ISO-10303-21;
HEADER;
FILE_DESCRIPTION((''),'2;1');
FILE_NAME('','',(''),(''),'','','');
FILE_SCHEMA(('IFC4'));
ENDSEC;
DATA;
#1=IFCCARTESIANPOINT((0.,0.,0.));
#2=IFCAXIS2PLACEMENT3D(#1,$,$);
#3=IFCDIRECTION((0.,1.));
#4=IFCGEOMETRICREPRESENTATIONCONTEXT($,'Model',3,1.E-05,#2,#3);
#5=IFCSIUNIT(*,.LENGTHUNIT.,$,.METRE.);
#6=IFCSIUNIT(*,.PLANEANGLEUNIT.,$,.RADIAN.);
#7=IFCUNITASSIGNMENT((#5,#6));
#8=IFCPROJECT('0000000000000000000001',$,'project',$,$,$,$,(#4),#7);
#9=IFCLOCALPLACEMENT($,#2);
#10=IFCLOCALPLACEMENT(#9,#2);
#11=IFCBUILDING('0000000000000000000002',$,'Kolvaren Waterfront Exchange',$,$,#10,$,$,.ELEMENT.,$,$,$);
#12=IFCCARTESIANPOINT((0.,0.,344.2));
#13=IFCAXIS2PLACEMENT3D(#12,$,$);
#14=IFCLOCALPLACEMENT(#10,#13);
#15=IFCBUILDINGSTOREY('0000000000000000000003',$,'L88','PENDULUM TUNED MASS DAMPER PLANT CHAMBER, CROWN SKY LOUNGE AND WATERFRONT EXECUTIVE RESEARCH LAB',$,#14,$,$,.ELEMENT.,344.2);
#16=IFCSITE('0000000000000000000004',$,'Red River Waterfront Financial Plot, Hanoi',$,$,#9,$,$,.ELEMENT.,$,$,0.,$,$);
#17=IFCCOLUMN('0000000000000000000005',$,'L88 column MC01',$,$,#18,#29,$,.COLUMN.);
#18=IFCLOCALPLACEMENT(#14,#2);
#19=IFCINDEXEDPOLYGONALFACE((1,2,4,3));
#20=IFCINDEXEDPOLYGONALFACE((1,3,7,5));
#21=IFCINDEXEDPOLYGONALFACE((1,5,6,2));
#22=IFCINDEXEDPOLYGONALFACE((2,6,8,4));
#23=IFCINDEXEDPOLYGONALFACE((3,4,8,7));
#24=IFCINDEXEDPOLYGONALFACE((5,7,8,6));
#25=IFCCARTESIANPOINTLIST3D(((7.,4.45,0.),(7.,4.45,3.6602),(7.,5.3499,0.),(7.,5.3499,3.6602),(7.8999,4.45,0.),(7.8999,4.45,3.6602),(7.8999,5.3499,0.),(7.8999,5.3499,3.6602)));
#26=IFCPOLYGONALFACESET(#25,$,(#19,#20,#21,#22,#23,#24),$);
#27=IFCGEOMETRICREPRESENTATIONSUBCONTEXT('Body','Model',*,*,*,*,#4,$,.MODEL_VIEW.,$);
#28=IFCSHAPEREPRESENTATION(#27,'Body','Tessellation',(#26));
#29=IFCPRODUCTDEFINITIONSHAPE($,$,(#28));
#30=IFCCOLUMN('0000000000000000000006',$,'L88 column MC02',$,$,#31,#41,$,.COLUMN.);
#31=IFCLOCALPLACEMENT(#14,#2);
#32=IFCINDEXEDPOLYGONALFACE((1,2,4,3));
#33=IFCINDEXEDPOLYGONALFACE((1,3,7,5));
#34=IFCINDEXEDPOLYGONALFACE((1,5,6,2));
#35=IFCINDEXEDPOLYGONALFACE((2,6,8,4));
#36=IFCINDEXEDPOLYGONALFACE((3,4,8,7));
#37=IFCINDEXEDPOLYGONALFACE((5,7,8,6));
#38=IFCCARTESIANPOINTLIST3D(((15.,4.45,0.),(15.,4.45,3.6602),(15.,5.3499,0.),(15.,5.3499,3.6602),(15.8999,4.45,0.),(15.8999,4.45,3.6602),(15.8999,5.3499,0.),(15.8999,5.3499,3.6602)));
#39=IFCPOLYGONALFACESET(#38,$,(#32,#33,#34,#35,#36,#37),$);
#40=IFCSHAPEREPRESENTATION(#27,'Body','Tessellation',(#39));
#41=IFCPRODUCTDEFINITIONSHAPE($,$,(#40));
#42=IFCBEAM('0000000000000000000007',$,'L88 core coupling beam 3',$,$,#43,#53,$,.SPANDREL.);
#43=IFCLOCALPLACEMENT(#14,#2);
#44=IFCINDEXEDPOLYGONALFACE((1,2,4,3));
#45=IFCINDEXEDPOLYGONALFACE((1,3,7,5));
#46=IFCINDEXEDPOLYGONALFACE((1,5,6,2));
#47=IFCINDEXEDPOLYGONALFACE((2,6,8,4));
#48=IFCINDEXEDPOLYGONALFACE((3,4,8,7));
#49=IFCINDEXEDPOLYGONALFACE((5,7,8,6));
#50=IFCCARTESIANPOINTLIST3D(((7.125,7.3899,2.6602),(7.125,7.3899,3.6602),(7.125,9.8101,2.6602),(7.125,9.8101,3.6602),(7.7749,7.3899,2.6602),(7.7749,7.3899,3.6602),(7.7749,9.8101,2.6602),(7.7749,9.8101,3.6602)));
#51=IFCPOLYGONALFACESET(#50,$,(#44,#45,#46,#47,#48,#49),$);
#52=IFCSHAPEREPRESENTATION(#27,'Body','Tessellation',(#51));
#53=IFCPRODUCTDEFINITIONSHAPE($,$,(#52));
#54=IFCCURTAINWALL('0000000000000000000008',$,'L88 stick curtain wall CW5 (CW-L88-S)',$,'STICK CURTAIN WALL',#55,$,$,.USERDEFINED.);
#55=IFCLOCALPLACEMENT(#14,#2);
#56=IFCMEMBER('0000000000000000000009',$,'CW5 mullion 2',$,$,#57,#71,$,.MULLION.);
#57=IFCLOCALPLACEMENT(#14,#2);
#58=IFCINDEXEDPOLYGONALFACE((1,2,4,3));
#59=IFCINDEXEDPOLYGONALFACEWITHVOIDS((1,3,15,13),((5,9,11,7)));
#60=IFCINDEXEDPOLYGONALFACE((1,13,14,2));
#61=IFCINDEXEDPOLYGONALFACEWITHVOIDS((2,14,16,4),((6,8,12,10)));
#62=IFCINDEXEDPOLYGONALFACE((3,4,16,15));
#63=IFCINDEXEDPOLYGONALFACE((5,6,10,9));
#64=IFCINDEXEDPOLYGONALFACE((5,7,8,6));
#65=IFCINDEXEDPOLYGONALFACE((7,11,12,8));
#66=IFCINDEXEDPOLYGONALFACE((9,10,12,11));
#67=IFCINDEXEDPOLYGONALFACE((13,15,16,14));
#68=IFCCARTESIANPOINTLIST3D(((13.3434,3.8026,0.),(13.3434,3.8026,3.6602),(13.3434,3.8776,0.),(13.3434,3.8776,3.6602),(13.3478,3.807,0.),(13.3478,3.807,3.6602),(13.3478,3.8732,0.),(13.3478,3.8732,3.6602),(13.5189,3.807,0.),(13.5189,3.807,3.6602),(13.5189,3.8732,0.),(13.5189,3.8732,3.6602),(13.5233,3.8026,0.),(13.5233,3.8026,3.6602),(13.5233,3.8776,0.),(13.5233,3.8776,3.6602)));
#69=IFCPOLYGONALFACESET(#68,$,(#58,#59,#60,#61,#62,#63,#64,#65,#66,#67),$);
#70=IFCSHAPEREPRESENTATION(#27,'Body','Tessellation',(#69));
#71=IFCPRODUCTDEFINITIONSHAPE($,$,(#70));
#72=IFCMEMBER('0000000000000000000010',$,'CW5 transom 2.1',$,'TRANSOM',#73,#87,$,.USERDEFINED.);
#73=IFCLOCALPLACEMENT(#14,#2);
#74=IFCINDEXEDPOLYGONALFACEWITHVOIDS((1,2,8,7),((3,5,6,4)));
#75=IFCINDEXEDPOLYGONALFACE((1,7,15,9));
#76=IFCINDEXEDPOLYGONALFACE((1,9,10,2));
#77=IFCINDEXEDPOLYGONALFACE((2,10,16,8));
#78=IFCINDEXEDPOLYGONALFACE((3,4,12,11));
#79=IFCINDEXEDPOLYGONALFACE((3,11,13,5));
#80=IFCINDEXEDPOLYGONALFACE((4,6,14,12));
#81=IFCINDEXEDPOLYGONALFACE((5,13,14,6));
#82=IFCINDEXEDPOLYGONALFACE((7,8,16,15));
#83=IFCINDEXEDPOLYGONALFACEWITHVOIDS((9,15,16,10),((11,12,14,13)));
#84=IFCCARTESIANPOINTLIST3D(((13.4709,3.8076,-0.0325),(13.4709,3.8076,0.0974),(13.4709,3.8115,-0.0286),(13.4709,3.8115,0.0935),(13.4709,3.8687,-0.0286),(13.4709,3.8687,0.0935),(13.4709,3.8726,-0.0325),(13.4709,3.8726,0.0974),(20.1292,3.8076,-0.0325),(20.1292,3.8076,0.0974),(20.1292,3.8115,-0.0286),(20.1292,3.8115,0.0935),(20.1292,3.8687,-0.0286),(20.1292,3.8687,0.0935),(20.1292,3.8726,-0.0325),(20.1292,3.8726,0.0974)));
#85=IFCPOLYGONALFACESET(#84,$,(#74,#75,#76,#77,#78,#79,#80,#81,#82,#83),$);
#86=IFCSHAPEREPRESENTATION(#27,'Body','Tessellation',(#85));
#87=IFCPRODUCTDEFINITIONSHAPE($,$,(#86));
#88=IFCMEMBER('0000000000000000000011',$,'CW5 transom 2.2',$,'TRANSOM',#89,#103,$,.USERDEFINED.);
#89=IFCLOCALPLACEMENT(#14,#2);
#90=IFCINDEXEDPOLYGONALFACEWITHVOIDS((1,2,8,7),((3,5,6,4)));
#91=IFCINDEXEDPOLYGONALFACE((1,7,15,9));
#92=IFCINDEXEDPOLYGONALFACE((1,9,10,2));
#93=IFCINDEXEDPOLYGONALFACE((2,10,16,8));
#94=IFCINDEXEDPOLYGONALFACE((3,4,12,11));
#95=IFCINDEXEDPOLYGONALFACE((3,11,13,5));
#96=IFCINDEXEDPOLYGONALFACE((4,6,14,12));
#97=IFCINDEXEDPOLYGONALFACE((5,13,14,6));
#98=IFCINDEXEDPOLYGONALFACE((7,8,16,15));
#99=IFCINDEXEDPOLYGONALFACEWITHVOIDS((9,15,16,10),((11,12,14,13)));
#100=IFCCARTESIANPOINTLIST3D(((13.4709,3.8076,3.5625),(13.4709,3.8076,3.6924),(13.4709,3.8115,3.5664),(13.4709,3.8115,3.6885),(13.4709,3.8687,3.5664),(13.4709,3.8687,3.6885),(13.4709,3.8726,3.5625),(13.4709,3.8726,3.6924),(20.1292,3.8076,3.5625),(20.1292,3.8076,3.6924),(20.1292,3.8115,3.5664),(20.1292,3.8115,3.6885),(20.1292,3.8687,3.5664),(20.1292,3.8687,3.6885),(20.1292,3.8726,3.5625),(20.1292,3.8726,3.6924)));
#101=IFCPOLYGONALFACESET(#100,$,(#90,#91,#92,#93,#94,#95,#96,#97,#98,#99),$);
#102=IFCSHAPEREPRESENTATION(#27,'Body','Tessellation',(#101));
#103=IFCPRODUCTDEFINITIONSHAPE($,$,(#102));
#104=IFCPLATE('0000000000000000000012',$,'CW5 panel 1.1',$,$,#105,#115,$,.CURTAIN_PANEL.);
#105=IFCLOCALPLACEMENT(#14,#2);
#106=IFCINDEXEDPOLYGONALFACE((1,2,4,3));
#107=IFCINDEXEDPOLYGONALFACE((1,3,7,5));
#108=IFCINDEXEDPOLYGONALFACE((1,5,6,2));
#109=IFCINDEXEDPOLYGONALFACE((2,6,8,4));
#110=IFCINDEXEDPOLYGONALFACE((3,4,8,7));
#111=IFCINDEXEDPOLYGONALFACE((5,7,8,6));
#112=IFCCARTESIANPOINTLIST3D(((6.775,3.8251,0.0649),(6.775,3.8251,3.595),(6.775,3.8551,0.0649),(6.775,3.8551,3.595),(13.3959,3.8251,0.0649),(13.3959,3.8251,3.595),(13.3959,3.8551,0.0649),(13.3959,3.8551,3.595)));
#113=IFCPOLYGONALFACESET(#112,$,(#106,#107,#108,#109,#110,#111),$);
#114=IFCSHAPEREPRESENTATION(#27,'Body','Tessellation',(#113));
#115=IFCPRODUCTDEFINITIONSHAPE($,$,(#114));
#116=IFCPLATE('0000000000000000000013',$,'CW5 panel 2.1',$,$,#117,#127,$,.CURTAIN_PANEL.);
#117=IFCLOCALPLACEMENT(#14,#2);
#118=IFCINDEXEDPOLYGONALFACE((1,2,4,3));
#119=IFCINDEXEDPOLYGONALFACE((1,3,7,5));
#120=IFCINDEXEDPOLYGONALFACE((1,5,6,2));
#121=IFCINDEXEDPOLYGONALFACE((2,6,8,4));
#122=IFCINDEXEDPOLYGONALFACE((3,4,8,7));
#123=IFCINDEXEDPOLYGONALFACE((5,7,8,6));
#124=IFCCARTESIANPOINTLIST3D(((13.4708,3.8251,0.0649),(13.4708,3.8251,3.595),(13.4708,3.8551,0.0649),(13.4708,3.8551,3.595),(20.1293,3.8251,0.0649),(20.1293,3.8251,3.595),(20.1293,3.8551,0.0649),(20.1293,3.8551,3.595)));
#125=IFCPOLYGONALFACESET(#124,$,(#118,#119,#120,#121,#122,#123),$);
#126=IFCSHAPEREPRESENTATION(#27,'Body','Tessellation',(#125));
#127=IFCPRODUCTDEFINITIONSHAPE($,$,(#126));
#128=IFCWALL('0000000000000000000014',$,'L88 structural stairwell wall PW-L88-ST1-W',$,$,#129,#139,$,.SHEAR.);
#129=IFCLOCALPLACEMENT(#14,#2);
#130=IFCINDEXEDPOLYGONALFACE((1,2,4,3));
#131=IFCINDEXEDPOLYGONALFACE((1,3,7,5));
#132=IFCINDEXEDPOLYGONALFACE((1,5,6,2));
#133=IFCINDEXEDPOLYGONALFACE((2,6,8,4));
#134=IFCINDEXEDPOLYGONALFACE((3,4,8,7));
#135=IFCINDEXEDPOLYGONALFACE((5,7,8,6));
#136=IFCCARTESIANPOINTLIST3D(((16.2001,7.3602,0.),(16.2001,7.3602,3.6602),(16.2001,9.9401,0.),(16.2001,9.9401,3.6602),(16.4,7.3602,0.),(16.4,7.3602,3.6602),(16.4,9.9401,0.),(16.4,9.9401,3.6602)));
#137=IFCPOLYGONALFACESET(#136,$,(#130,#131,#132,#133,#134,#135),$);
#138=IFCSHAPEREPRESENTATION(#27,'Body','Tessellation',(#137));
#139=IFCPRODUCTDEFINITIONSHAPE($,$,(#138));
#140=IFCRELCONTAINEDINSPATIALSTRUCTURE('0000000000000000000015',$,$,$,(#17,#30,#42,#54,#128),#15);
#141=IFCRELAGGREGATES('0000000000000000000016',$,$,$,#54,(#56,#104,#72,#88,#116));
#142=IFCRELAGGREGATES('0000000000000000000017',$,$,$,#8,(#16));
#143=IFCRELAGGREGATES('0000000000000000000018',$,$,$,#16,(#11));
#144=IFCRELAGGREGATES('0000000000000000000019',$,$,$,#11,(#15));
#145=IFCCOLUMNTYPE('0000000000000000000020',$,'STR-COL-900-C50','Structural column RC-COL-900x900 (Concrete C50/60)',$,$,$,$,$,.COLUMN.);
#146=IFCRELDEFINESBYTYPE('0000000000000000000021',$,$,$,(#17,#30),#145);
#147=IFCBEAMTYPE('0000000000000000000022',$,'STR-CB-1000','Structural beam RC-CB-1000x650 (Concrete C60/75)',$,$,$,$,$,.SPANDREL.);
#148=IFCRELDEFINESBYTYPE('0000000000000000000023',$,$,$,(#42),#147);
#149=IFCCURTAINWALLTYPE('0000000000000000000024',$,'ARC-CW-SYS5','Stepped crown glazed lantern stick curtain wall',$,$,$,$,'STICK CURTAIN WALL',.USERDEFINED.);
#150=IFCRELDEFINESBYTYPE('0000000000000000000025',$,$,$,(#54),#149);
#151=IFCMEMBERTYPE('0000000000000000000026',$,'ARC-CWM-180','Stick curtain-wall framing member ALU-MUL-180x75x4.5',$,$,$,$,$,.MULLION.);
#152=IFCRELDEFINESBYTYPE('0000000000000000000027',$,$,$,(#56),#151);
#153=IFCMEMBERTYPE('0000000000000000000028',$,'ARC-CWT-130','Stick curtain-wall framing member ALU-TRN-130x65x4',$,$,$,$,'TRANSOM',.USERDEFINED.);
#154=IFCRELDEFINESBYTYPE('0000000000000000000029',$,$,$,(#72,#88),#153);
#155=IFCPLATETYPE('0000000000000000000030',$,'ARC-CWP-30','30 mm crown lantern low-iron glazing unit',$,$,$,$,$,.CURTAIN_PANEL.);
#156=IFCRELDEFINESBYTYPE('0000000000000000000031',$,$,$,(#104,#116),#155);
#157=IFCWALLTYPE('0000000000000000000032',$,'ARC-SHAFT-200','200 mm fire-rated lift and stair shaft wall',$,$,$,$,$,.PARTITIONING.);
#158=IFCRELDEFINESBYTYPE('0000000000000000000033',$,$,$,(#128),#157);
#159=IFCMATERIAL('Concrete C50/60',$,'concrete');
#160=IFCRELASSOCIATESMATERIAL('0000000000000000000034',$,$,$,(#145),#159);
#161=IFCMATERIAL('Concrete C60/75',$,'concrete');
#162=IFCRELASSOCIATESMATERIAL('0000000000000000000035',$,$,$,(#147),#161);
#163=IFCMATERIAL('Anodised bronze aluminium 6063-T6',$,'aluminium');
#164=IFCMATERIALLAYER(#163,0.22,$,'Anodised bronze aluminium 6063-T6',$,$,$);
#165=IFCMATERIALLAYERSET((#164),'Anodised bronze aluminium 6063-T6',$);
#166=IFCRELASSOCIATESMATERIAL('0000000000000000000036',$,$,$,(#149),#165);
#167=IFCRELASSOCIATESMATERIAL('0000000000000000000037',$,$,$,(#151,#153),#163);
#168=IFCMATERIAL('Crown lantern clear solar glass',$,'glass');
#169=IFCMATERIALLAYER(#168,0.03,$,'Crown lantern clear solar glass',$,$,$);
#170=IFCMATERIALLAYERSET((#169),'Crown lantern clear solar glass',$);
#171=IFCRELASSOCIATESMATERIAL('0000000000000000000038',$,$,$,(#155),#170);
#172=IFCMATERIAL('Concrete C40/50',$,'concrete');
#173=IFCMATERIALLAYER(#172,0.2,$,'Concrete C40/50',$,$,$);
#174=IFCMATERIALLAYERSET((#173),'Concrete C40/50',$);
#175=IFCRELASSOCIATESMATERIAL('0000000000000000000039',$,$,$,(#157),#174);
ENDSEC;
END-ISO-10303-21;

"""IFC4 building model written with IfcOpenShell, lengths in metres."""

from ifc_helpers import new_model, si_unit, direction, frame, frame_2d, origin, origin_with_axes, origin_2d, place, context, subcontext, project, spatial, rectangle, hollow_rectangle, extrude, source, transform, mapped, material, layer, layer_set, material_profile, profile_set, type_object, element, aggregate, save


model = new_model("IFC4")

# Units and contexts
model_context = context("Model", 3, precision=1e-05, world=origin(), true_north=direction((0.0, 1.0)))
body_context = subcontext(model_context, "Body", "Model", "MODEL_VIEW")
ifc_project = project(units=[si_unit("LENGTHUNIT", "METRE"), si_unit("PLANEANGLEUNIT", "RADIAN")], contexts=[model_context])

# Site, building, storey
site_placement = place(None, origin())
site = spatial("IfcSite", under=ifc_project, at=site_placement, Name="Red River Waterfront Financial Plot, Hanoi", CompositionType="ELEMENT", RefElevation=0.0)
building_placement = place(site_placement, origin())
building = spatial("IfcBuilding", under=site, at=building_placement, Name="Kolvaren Waterfront Exchange", CompositionType="ELEMENT")
storey_placement = place(building_placement, frame((0.0, 0.0, 344.2)))
storey = spatial("IfcBuildingStorey", under=building, at=storey_placement, Name="L88", Description="PENDULUM TUNED MASS DAMPER PLANT CHAMBER, CROWN SKY LOUNGE AND WATERFRONT EXECUTIVE RESEARCH LAB", CompositionType="ELEMENT", Elevation=344.2)

# Columns
ifc_material_1 = material(Name="Concrete C50/60", Category="concrete")
ifc_material_profile_1 = material_profile(ifc_material_1, rectangle(XDim=0.8999, YDim=0.8999, at=origin_2d()), Name="RC-COL-900x900")
ifc_profile_set_1 = profile_set([ifc_material_profile_1], Name="Concrete C50/60")
column_type = type_object("IfcColumnType", Name="STR-COL-900-C50", Description="Structural column RC-COL-900x900 (Concrete C50/60)", PredefinedType="COLUMN", material=ifc_profile_set_1)
for number, where, z_axis, x_axis, name in (
    (1, (7.45, 4.8999, 0.0), (0.0, 0.0, 1.0), (1.0, 0.0, 0.0), "L88 column MC01"),
    (2, (15.45, 4.8999, 0.0), (0.0, 0.0, 1.0), (1.0, 0.0, 0.0), "L88 column MC02"),
):
    element("IfcColumn", number, at=place(storey_placement, frame(where, z_axis=z_axis, x_axis=x_axis)), inside=storey, type_object=column_type, Name=name, PredefinedType="COLUMN", context=body_context, shape_type="SweptSolid", body=[
        extrude(rectangle(XDim=0.8999, YDim=0.8999, at=origin_2d()), origin(), (0.0, 0.0, 1.0), 3.6602),
    ])

# Beam
ifc_material_2 = material(Name="Concrete C60/75", Category="concrete")
ifc_material_profile_2 = material_profile(ifc_material_2, rectangle(XDim=0.6499, YDim=1.0, at=origin_2d()), Name="RC-CB-1000x650")
ifc_profile_set_2 = profile_set([ifc_material_profile_2], Name="Concrete C60/75")
beam_type = type_object("IfcBeamType", Name="STR-CB-1000", Description="Structural beam RC-CB-1000x650 (Concrete C60/75)", PredefinedType="SPANDREL", material=ifc_profile_set_2)
beam_placement = place(storey_placement, frame((7.45, 7.3899, 3.1602), z_axis=(0.0, 1.0, 0.0), x_axis=(-1.0, 0.0, 0.0)))
element("IfcBeam", 3, at=beam_placement, inside=storey, type_object=beam_type, Name="L88 core coupling beam 3", PredefinedType="SPANDREL", context=body_context, shape_type="SweptSolid", body=[
    extrude(rectangle(XDim=0.6499, YDim=1.0, at=origin_2d()), origin(), (0.0, 0.0, 1.0), 2.4202),
])

# Curtain wall, members, plates
ifc_material_3 = material(Name="Anodised bronze aluminium 6063-T6", Category="aluminium")
ifc_layer_1 = layer(ifc_material_3, 0.22, Name="Anodised bronze aluminium 6063-T6")
ifc_layer_set_1 = layer_set([ifc_layer_1], Name="Anodised bronze aluminium 6063-T6")
curtain_wall_type = type_object("IfcCurtainWallType", Name="ARC-CW-SYS5", Description="Stepped crown glazed lantern stick curtain wall", ElementType="STICK CURTAIN WALL", PredefinedType="USERDEFINED", material=ifc_layer_set_1)
curtain_wall_placement = place(storey_placement, origin())
curtain_wall = element("IfcCurtainWall", 4, at=curtain_wall_placement, inside=storey, type_object=curtain_wall_type, Name="L88 stick curtain wall CW5 (CW-L88-S)", ObjectType="STICK CURTAIN WALL", PredefinedType="USERDEFINED")
ifc_material_profile_3 = material_profile(ifc_material_3, hollow_rectangle(XDim=0.075, YDim=0.1799, WallThickness=0.0044, at=origin_2d()), Name="ALU-MUL-180x75x4.5")
ifc_profile_set_3 = profile_set([ifc_material_profile_3], Name="Anodised bronze aluminium 6063-T6")
member_type_1 = type_object("IfcMemberType", Name="ARC-CWM-180", Description="Stick curtain-wall framing member ALU-MUL-180x75x4.5", PredefinedType="MULLION", material=ifc_profile_set_3)
shared_shape_1 = source(origin_with_axes(), body_context, "Body", "SweptSolid", [
    extrude(hollow_rectangle(XDim=0.075, YDim=0.1799, WallThickness=0.0044, at=origin_2d()), origin(), (0.0, 0.0, 1.0), 3.6602),
])
member_1_placement = place(storey_placement, frame((13.4333, 3.8401, 0.0), z_axis=(0.0, 0.0, 1.0), x_axis=(0.0, 1.0, 0.0)))
member_1 = element("IfcMember", 5, at=member_1_placement, type_object=member_type_1, Name="CW5 mullion 2", PredefinedType="MULLION", context=body_context, shape_type="MappedRepresentation", body=[
    mapped(shared_shape_1, transform((0.0, 0.0, 0.0), x_axis=(1.0, 0.0, 0.0), y_axis=(0.0, 1.0, 0.0), z_axis=(0.0, 0.0, 1.0), scale=1.0)),
])
ifc_material_profile_4 = material_profile(ifc_material_3, hollow_rectangle(XDim=0.0649, YDim=0.1299, WallThickness=0.0039, at=origin_2d()), Name="ALU-TRN-130x65x4")
ifc_profile_set_4 = profile_set([ifc_material_profile_4], Name="Anodised bronze aluminium 6063-T6")
member_type_2 = type_object("IfcMemberType", Name="ARC-CWT-130", Description="Stick curtain-wall framing member ALU-TRN-130x65x4", ElementType="TRANSOM", PredefinedType="USERDEFINED", material=ifc_profile_set_4)
shared_shape_2 = source(origin_with_axes(), body_context, "Body", "SweptSolid", [
    extrude(hollow_rectangle(XDim=0.0649, YDim=0.1299, WallThickness=0.0039, at=origin_2d()), origin(), (0.0, 0.0, 1.0), 6.6582),
])
member_2_placement = place(storey_placement, frame((13.4709, 3.8401, 0.0325), z_axis=(1.0, 0.0, 0.0), x_axis=(0.0, 1.0, 0.0)))
member_2 = element("IfcMember", 6, at=member_2_placement, type_object=member_type_2, Name="CW5 transom 2.1", ObjectType="TRANSOM", PredefinedType="USERDEFINED", context=body_context, shape_type="MappedRepresentation", body=[
    mapped(shared_shape_2, transform((0.0, 0.0, 0.0), x_axis=(1.0, 0.0, 0.0), y_axis=(0.0, 1.0, 0.0), z_axis=(0.0, 0.0, 1.0), scale=1.0)),
])
member_3_placement = place(storey_placement, frame((13.4709, 3.8401, 3.6274), z_axis=(1.0, 0.0, 0.0), x_axis=(0.0, 1.0, 0.0)))
member_3 = element("IfcMember", 7, at=member_3_placement, type_object=member_type_2, Name="CW5 transom 2.2", ObjectType="TRANSOM", PredefinedType="USERDEFINED", context=body_context, shape_type="MappedRepresentation", body=[
    mapped(shared_shape_2, transform((0.0, 0.0, 0.0), x_axis=(1.0, 0.0, 0.0), y_axis=(0.0, 1.0, 0.0), z_axis=(0.0, 0.0, 1.0), scale=1.0)),
])
ifc_material_4 = material(Name="Crown lantern clear solar glass", Category="glass")
ifc_layer_2 = layer(ifc_material_4, 0.03, Name="Crown lantern clear solar glass")
ifc_layer_set_2 = layer_set([ifc_layer_2], Name="Crown lantern clear solar glass")
plate_type = type_object("IfcPlateType", Name="ARC-CWP-30", Description="30 mm crown lantern low-iron glazing unit", PredefinedType="CURTAIN_PANEL", material=ifc_layer_set_2)
shared_shape_3 = source(origin_with_axes(), body_context, "Body", "SweptSolid", [
    extrude(rectangle(XDim=6.6208, YDim=0.03, at=origin_2d()), origin(), (0.0, 0.0, 1.0), 3.53),
])
plate_1_placement = place(storey_placement, frame((10.0854, 3.8401, 0.0649), z_axis=(0.0, 0.0, 1.0), x_axis=(1.0, 0.0, 0.0)))
plate_1 = element("IfcPlate", 8, at=plate_1_placement, type_object=plate_type, Name="CW5 panel 1.1", PredefinedType="CURTAIN_PANEL", context=body_context, shape_type="MappedRepresentation", body=[
    mapped(shared_shape_3, transform((0.0, 0.0, 0.0), x_axis=(1.0, 0.0, 0.0), y_axis=(0.0, 1.0, 0.0), z_axis=(0.0, 0.0, 1.0), scale=1.0)),
])
shared_shape_4 = source(origin_with_axes(), body_context, "Body", "SweptSolid", [
    extrude(rectangle(XDim=6.6584, YDim=0.03, at=origin_2d()), origin(), (0.0, 0.0, 1.0), 3.53),
])
plate_2_placement = place(storey_placement, frame((16.8, 3.8401, 0.0649), z_axis=(0.0, 0.0, 1.0), x_axis=(1.0, 0.0, 0.0)))
plate_2 = element("IfcPlate", 9, at=plate_2_placement, type_object=plate_type, Name="CW5 panel 2.1", PredefinedType="CURTAIN_PANEL", context=body_context, shape_type="MappedRepresentation", body=[
    mapped(shared_shape_4, transform((0.0, 0.0, 0.0), x_axis=(1.0, 0.0, 0.0), y_axis=(0.0, 1.0, 0.0), z_axis=(0.0, 0.0, 1.0), scale=1.0)),
])
aggregate(curtain_wall, [member_1, plate_1, member_2, member_3, plate_2])

# Wall
ifc_material_5 = material(Name="Concrete C40/50", Category="concrete")
ifc_layer_3 = layer(ifc_material_5, 0.2, Name="Concrete C40/50")
ifc_layer_set_3 = layer_set([ifc_layer_3], Name="Concrete C40/50")
wall_type_1 = type_object("IfcWallType", Name="ARC-SHAFT-200", Description="200 mm fire-rated lift and stair shaft wall", PredefinedType="PARTITIONING", material=ifc_layer_set_3)
wall_1_placement = place(storey_placement, frame((16.3, 7.3601, 0.0), z_axis=(0.0, 0.0, 1.0), x_axis=(0.0, 1.0, 0.0)))
element("IfcWall", 10, at=wall_1_placement, inside=storey, type_object=wall_type_1, Name="L88 structural stairwell wall PW-L88-ST1-W", PredefinedType="SHEAR", context=body_context, shape_type="SweptSolid", body=[
    extrude(rectangle(XDim=2.5798, YDim=0.2, at=frame_2d((1.29, 0.0))), origin(), (0.0, 0.0, 1.0), 3.6602),
])

save(model, "model.ifc")
